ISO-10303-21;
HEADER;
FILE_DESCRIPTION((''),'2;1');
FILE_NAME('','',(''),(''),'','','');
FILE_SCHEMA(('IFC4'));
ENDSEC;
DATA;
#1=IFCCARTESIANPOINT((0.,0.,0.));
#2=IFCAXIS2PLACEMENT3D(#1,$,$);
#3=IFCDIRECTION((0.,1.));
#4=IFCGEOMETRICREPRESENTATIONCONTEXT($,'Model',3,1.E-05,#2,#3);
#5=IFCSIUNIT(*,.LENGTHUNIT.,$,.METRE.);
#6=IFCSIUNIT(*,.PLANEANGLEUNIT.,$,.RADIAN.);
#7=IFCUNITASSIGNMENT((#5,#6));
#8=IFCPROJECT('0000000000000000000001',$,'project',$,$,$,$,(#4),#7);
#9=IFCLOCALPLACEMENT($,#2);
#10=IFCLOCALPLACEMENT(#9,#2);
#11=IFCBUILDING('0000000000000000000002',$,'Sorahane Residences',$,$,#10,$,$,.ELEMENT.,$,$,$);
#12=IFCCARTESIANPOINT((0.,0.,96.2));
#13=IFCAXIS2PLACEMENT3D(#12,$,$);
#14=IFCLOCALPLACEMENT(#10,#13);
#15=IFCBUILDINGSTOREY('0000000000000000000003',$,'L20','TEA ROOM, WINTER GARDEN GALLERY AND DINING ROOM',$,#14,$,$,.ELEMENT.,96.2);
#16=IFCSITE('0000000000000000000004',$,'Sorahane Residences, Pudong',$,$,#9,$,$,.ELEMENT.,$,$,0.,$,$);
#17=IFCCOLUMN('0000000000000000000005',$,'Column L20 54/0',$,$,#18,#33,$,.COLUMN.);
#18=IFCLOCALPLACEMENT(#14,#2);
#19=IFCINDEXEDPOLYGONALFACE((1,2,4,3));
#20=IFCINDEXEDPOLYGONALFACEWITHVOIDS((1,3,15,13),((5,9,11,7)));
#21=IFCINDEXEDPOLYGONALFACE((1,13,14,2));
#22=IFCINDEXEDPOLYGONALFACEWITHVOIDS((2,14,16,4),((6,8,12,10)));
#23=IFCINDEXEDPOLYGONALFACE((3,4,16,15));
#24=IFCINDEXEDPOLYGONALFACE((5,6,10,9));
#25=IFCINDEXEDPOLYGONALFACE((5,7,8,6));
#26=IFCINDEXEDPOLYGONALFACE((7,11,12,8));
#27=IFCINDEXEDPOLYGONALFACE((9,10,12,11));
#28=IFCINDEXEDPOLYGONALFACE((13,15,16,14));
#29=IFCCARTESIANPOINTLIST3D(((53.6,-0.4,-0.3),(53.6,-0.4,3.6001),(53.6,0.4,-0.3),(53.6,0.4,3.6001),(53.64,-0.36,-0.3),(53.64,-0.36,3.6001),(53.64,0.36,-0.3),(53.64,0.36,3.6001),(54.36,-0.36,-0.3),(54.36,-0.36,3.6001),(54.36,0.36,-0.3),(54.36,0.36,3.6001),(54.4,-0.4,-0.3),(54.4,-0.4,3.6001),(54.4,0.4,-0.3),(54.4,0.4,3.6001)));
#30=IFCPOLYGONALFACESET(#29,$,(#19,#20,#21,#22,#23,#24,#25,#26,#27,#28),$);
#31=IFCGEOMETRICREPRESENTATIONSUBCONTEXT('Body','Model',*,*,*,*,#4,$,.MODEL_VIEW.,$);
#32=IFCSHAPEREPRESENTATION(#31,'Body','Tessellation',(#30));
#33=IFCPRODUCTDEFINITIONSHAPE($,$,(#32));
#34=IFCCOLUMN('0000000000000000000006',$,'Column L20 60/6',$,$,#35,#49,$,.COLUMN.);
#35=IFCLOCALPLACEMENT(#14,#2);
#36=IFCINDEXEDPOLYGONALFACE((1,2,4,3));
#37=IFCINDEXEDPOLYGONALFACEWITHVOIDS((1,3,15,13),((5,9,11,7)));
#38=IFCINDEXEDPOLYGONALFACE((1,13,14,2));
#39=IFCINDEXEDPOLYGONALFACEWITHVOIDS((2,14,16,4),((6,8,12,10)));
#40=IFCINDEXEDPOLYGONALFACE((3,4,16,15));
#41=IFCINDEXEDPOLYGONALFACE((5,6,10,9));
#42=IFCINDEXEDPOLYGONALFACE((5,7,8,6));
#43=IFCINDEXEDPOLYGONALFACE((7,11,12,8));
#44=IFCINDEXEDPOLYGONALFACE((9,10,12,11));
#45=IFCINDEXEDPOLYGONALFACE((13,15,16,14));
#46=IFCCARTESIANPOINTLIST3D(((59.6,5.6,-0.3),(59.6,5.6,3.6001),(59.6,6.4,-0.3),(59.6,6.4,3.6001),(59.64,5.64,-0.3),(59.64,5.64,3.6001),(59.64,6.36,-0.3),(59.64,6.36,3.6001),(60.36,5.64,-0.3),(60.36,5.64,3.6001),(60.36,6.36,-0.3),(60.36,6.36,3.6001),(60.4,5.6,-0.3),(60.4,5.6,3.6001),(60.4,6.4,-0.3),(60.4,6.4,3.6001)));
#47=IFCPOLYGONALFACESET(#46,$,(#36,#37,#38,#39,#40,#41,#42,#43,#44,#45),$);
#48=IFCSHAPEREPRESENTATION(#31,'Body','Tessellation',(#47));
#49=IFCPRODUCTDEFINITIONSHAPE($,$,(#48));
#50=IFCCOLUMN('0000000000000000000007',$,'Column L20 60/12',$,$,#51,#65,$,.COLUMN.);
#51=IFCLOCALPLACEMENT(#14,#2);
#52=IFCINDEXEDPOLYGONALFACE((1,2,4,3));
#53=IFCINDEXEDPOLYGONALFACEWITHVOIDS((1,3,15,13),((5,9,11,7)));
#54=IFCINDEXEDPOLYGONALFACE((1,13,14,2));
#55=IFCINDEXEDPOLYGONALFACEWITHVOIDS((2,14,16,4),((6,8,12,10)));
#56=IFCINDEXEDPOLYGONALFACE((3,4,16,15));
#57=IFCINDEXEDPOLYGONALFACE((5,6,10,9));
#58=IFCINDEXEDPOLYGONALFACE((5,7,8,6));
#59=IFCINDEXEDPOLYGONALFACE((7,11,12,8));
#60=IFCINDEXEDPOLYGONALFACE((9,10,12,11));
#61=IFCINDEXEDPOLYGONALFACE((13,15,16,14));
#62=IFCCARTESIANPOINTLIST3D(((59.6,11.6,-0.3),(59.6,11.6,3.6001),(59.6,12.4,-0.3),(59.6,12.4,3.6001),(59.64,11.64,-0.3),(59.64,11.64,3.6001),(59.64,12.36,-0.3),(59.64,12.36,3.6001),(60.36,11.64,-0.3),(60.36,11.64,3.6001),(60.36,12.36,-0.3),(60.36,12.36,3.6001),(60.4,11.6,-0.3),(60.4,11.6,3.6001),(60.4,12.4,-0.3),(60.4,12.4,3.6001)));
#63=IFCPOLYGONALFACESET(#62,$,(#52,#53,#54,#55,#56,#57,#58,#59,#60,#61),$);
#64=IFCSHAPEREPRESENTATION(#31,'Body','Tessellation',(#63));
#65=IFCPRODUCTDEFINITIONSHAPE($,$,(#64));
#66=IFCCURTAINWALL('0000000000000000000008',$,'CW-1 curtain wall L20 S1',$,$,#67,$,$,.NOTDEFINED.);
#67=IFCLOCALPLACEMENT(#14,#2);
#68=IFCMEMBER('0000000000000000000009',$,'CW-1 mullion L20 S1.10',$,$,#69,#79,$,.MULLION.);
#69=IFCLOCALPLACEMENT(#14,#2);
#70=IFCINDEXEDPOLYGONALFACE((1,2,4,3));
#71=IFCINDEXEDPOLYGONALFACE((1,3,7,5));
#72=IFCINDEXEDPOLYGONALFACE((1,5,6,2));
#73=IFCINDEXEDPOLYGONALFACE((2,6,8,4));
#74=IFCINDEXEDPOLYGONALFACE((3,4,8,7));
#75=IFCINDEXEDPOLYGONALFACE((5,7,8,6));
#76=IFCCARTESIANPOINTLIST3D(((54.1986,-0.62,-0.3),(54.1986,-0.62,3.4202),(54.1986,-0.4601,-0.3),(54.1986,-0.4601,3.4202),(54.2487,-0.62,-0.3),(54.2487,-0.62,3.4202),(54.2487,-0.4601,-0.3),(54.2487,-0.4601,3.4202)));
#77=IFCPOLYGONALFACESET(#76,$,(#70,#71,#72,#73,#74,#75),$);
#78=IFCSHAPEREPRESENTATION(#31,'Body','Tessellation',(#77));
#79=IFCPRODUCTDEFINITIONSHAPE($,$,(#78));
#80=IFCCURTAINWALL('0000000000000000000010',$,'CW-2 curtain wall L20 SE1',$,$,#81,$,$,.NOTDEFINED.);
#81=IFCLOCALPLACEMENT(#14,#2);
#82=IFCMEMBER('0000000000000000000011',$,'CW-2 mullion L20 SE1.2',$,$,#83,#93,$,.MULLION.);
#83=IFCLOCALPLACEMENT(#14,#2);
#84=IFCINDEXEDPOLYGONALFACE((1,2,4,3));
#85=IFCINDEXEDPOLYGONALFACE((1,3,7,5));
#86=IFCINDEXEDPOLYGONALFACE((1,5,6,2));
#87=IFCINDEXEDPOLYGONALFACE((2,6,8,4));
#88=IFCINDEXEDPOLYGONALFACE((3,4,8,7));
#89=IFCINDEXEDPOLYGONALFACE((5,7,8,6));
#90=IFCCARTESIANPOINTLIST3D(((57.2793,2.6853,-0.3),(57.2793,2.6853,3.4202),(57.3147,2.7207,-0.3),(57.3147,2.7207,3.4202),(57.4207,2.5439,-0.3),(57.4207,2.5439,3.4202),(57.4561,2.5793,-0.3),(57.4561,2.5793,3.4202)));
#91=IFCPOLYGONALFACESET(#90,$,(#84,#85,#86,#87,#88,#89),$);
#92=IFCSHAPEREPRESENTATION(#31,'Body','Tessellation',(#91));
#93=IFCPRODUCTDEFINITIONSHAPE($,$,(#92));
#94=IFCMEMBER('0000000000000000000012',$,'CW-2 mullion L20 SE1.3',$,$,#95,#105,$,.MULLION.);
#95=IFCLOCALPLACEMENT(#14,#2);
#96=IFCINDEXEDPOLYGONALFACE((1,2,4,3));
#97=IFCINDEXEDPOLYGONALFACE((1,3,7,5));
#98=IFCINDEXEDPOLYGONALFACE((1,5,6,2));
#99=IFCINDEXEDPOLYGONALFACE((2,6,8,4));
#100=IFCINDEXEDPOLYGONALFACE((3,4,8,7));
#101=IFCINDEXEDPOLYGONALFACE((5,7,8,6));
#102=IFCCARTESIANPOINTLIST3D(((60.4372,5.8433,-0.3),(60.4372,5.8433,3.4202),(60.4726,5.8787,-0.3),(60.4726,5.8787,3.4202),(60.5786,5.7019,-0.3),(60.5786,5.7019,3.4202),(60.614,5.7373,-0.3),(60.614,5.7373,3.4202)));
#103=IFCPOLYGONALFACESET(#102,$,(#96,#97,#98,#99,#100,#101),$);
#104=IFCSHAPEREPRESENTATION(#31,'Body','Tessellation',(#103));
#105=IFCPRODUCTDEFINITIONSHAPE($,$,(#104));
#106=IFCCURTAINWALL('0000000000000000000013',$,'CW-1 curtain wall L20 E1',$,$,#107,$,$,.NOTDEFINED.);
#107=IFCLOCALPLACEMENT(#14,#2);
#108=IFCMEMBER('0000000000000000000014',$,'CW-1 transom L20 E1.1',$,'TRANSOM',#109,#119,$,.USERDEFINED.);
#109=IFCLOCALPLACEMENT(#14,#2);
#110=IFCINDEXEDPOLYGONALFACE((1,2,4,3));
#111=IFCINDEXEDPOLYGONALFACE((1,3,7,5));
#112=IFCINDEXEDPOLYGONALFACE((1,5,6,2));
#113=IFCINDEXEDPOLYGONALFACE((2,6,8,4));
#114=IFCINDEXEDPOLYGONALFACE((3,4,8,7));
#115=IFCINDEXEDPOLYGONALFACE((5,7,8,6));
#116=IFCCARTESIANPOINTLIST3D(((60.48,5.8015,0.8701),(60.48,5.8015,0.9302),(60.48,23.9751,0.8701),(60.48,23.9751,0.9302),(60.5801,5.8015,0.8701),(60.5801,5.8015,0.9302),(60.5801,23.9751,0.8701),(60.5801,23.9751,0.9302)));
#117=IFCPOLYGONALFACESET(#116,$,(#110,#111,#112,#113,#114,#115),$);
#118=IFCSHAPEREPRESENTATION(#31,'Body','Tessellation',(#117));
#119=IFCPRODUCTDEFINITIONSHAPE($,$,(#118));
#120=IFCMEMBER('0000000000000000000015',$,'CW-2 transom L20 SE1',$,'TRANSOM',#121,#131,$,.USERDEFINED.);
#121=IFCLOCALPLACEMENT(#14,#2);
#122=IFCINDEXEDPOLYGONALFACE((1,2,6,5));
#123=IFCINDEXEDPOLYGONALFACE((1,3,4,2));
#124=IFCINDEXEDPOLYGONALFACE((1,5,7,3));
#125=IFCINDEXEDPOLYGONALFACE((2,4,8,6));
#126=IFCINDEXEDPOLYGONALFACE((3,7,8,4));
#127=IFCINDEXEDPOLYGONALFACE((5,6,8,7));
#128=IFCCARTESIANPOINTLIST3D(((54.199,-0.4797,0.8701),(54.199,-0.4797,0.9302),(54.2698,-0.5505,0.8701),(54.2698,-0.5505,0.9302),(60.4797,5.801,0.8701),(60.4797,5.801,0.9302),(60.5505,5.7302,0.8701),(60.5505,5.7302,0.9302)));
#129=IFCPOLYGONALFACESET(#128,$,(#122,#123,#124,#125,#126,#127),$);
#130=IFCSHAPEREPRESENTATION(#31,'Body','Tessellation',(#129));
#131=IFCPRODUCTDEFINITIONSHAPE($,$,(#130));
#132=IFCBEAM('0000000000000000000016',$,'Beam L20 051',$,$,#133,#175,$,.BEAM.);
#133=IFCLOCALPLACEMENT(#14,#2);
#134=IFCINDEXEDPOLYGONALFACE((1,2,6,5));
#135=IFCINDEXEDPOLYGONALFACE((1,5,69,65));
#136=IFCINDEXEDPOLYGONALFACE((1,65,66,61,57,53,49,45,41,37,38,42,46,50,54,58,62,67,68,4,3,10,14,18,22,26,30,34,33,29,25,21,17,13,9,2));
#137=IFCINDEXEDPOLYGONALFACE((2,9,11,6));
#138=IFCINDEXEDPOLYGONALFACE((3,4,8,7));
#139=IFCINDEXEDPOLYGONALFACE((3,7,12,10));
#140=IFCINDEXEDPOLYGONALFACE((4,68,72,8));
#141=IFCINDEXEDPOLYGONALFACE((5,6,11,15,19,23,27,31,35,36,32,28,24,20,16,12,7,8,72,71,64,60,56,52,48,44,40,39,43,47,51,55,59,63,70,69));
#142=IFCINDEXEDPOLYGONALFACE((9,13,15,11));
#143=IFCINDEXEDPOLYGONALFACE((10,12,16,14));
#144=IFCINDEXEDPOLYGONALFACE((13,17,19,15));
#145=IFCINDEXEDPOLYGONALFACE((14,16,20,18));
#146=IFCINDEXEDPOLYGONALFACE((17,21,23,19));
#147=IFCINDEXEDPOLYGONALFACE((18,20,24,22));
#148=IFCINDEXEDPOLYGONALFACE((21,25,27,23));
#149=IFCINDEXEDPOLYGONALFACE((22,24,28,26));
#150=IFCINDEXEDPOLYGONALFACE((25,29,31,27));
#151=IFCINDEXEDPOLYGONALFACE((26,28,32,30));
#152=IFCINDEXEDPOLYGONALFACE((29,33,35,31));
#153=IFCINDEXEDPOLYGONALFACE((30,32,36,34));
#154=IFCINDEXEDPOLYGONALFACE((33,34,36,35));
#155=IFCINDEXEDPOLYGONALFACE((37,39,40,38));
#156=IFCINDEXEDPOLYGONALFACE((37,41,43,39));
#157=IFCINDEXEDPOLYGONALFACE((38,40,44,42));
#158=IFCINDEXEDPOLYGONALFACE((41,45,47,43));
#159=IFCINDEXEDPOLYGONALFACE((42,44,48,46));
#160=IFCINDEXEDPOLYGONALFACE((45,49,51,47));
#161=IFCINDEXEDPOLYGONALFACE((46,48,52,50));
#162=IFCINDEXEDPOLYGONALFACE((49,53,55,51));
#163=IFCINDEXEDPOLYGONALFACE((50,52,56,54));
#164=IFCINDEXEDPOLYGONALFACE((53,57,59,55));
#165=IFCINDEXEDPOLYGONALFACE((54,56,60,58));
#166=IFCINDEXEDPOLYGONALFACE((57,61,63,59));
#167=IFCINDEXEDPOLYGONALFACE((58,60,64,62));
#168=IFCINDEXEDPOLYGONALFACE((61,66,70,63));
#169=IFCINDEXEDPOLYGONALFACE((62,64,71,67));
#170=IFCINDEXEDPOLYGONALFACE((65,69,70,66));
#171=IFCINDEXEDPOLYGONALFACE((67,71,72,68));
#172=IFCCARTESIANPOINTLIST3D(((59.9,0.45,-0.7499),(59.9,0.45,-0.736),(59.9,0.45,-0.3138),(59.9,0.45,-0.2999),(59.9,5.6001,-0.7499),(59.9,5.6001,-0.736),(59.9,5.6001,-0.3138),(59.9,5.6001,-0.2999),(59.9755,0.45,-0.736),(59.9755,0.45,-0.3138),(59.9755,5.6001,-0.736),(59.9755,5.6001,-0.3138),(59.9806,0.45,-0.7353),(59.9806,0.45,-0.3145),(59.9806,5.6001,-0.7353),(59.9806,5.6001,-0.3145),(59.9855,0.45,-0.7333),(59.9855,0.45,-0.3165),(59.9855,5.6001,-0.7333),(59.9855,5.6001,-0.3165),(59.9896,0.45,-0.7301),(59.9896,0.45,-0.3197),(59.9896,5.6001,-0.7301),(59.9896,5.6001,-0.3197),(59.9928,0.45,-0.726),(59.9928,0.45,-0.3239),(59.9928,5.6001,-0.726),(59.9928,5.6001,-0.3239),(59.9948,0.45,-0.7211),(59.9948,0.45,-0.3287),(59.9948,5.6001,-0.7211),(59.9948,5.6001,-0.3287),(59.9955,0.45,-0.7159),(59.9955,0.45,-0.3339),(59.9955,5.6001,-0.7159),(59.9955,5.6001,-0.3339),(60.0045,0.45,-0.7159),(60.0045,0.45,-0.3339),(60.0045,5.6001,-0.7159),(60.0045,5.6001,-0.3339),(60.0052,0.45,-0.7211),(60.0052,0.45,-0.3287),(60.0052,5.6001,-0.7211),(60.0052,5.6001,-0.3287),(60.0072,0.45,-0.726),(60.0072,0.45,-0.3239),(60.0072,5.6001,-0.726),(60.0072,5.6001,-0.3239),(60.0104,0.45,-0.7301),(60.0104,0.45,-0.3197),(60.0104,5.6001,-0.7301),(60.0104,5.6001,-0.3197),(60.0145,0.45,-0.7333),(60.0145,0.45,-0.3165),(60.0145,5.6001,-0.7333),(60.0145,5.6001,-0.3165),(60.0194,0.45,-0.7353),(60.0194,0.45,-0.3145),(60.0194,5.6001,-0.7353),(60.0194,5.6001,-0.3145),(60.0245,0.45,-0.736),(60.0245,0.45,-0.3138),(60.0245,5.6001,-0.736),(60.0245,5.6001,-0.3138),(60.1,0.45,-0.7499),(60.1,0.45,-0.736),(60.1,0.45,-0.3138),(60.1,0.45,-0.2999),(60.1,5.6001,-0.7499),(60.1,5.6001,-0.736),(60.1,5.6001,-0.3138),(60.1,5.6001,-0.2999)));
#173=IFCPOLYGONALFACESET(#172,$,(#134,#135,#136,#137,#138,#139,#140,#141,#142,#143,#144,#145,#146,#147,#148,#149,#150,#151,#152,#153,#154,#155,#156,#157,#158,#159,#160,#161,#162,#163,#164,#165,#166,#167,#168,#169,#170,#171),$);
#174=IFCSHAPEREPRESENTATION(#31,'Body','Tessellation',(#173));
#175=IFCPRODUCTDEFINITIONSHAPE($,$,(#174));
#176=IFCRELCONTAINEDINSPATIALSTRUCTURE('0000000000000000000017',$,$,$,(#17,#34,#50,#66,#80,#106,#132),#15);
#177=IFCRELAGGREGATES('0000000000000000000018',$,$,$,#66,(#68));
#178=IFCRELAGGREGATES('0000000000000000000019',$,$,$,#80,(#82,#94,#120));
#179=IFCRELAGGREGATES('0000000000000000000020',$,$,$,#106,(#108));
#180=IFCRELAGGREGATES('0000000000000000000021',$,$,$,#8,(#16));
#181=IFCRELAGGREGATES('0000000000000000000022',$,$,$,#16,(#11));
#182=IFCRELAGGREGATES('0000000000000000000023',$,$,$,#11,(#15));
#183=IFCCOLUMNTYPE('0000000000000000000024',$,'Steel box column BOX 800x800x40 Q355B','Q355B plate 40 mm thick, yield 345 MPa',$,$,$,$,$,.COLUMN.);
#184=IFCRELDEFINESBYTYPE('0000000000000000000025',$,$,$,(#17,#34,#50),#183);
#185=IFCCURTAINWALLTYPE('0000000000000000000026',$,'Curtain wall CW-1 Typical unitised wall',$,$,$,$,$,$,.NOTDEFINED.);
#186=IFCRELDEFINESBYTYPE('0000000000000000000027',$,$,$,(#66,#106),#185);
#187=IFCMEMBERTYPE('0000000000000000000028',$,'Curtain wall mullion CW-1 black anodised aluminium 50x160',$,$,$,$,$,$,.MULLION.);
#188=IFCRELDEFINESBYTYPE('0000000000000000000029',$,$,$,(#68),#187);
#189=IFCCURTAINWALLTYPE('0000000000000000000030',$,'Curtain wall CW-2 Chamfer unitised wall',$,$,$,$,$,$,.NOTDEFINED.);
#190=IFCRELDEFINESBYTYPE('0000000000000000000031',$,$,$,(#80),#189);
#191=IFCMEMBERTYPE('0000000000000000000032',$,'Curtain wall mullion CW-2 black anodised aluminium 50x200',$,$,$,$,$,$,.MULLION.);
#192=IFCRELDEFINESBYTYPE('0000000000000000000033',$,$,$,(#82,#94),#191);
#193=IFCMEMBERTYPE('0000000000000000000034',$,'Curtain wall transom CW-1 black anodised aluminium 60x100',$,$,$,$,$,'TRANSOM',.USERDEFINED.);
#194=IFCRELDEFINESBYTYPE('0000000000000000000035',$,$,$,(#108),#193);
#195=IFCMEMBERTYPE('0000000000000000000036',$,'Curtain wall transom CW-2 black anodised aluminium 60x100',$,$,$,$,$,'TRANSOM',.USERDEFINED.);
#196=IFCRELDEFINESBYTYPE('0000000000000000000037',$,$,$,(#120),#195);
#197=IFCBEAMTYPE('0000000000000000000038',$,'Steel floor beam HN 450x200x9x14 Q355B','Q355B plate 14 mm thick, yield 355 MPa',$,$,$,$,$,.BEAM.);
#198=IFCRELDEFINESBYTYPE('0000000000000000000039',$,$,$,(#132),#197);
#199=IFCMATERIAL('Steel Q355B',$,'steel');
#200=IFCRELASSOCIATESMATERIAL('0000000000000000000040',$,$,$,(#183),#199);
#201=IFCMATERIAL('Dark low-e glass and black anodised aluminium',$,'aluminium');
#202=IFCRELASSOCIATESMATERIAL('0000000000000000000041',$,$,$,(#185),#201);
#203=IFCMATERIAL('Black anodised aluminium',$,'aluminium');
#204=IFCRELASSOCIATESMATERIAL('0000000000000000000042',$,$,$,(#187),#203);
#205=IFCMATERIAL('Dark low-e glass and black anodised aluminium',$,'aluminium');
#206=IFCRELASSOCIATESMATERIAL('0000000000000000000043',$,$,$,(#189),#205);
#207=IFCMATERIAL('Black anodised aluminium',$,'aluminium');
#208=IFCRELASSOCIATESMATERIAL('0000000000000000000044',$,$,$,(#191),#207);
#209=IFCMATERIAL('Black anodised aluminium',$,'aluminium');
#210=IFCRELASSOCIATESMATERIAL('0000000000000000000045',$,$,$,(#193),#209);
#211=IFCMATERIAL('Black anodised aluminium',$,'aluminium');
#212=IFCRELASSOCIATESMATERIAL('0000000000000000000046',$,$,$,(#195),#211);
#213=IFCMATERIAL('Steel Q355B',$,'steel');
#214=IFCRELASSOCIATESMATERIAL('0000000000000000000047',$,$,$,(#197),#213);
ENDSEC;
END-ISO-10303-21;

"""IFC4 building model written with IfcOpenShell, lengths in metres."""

from ifc_helpers import new_model, si_unit, direction, frame, origin, origin_2d, place, context, subcontext, project, spatial, rectangle, hollow_rectangle, i_section, extrude, material, material_profile, profile_set, type_object, element, aggregate, save


model = new_model("IFC4")

# Units and contexts
model_context = context("Model", 3, precision=1e-05, world=origin(), true_north=direction((0.0, 1.0)))
body_context = subcontext(model_context, "Body", "Model", "MODEL_VIEW")
ifc_project = project(units=[si_unit("LENGTHUNIT", "METRE"), si_unit("PLANEANGLEUNIT", "RADIAN")], contexts=[model_context])

# Site, building, storey
site_placement = place(None, origin())
site = spatial("IfcSite", under=ifc_project, at=site_placement, Name="Sorahane Residences, Pudong", CompositionType="ELEMENT", RefElevation=0.0)
building_placement = place(site_placement, origin())
building = spatial("IfcBuilding", under=site, at=building_placement, Name="Sorahane Residences", CompositionType="ELEMENT")
storey_placement = place(building_placement, frame((0.0, 0.0, 96.2)))
storey = spatial("IfcBuildingStorey", under=building, at=storey_placement, Name="L20", Description="TEA ROOM, WINTER GARDEN GALLERY AND DINING ROOM", CompositionType="ELEMENT", Elevation=96.2)

# Columns
ifc_material_1 = material(Name="Steel Q355B", Category="steel")
ifc_material_profile_1 = material_profile(ifc_material_1, hollow_rectangle(XDim=0.8, YDim=0.8, WallThickness=0.04, at=origin_2d()), Name="BOX 800x800x40")
ifc_profile_set_1 = profile_set([ifc_material_profile_1], Name="Steel Q355B")
column_type = type_object("IfcColumnType", Name="Steel box column BOX 800x800x40 Q355B", Description="Q355B plate 40 mm thick, yield 345 MPa", PredefinedType="COLUMN", material=ifc_profile_set_1)
for number, where, z_axis, x_axis, name in (
    (1, (54.0, 0.0, -0.3), (0.0, 0.0, 1.0), (1.0, 0.0, 0.0), "Column L20 54/0"),
    (2, (60.0, 6.0, -0.3), (0.0, 0.0, 1.0), (1.0, 0.0, 0.0), "Column L20 60/6"),
    (3, (60.0, 12.0, -0.3), (0.0, 0.0, 1.0), (1.0, 0.0, 0.0), "Column L20 60/12"),
):
    element("IfcColumn", number, at=place(storey_placement, frame(where, z_axis=z_axis, x_axis=x_axis)), inside=storey, type_object=column_type, Name=name, PredefinedType="COLUMN", context=body_context, shape_type="SweptSolid", body=[
        extrude(hollow_rectangle(XDim=0.8, YDim=0.8, WallThickness=0.04, at=origin_2d()), origin(), (0.0, 0.0, 1.0), 3.9001),
    ])

# Curtain wall, member
ifc_material_2 = material(Name="Dark low-e glass and black anodised aluminium", Category="aluminium")
curtain_wall_type_1 = type_object("IfcCurtainWallType", Name="Curtain wall CW-1 Typical unitised wall", PredefinedType="NOTDEFINED", material=ifc_material_2)
curtain_wall_1_placement = place(storey_placement, origin())
curtain_wall_1 = element("IfcCurtainWall", 4, at=curtain_wall_1_placement, inside=storey, type_object=curtain_wall_type_1, Name="CW-1 curtain wall L20 S1", PredefinedType="NOTDEFINED")
ifc_material_3 = material(Name="Black anodised aluminium", Category="aluminium")
ifc_material_profile_2 = material_profile(ifc_material_3, rectangle(XDim=0.1599, YDim=0.05, at=origin_2d()), Name="Curtain wall mullion CW-1 black anodised aluminium 50x160")
ifc_profile_set_2 = profile_set([ifc_material_profile_2], Name="Black anodised aluminium")
member_type_1 = type_object("IfcMemberType", Name="Curtain wall mullion CW-1 black anodised aluminium 50x160", PredefinedType="MULLION", material=ifc_profile_set_2)
member_1_placement = place(storey_placement, frame((54.2236, -0.54, -0.3), z_axis=(0.0, 0.0, 1.0), x_axis=(0.0, -1.0, 0.0)))
member_1 = element("IfcMember", 5, at=member_1_placement, type_object=member_type_1, Name="CW-1 mullion L20 S1.10", PredefinedType="MULLION", context=body_context, shape_type="SweptSolid", body=[
    extrude(rectangle(XDim=0.1599, YDim=0.05, at=origin_2d()), origin(), (0.0, 0.0, 1.0), 3.7202),
])

# Curtain wall, members
ifc_material_4 = material(Name="Dark low-e glass and black anodised aluminium", Category="aluminium")
curtain_wall_type_2 = type_object("IfcCurtainWallType", Name="Curtain wall CW-2 Chamfer unitised wall", PredefinedType="NOTDEFINED", material=ifc_material_4)
curtain_wall_2_placement = place(storey_placement, origin())
curtain_wall_2 = element("IfcCurtainWall", 6, at=curtain_wall_2_placement, inside=storey, type_object=curtain_wall_type_2, Name="CW-2 curtain wall L20 SE1", PredefinedType="NOTDEFINED")
ifc_material_5 = material(Name="Black anodised aluminium", Category="aluminium")
ifc_material_profile_3 = material_profile(ifc_material_5, rectangle(XDim=0.2, YDim=0.05, at=origin_2d()), Name="Curtain wall mullion CW-2 black anodised aluminium 50x200")
ifc_profile_set_3 = profile_set([ifc_material_profile_3], Name="Black anodised aluminium")
member_type_2 = type_object("IfcMemberType", Name="Curtain wall mullion CW-2 black anodised aluminium 50x200", PredefinedType="MULLION", material=ifc_profile_set_3)
member_2_placement = place(storey_placement, frame((57.3677, 2.6323, -0.3), z_axis=(0.0, 0.0, 1.0), x_axis=(0.707107, -0.707107, 0.0)))
member_2 = element("IfcMember", 7, at=member_2_placement, type_object=member_type_2, Name="CW-2 mullion L20 SE1.2", PredefinedType="MULLION", context=body_context, shape_type="SweptSolid", body=[
    extrude(rectangle(XDim=0.2, YDim=0.05, at=origin_2d()), origin(), (0.0, 0.0, 1.0), 3.7202),
])
member_3_placement = place(storey_placement, frame((60.5256, 5.7903, -0.3), z_axis=(0.0, 0.0, 1.0), x_axis=(0.707107, -0.707107, 0.0)))
member_3 = element("IfcMember", 8, at=member_3_placement, type_object=member_type_2, Name="CW-2 mullion L20 SE1.3", PredefinedType="MULLION", context=body_context, shape_type="SweptSolid", body=[
    extrude(rectangle(XDim=0.2, YDim=0.05, at=origin_2d()), origin(), (0.0, 0.0, 1.0), 3.7202),
])

# Curtain wall, member
curtain_wall_3_placement = place(storey_placement, origin())
curtain_wall_3 = element("IfcCurtainWall", 9, at=curtain_wall_3_placement, inside=storey, type_object=curtain_wall_type_1, Name="CW-1 curtain wall L20 E1", PredefinedType="NOTDEFINED")
ifc_material_6 = material(Name="Black anodised aluminium", Category="aluminium")
ifc_material_profile_4 = material_profile(ifc_material_6, rectangle(XDim=0.1001, YDim=0.0601, at=origin_2d()), Name="Curtain wall transom CW-1 black anodised aluminium 60x100")
ifc_profile_set_4 = profile_set([ifc_material_profile_4], Name="Black anodised aluminium")
member_type_3 = type_object("IfcMemberType", Name="Curtain wall transom CW-1 black anodised aluminium 60x100", ElementType="TRANSOM", PredefinedType="USERDEFINED", material=ifc_profile_set_4)
member_4_placement = place(storey_placement, frame((60.53, 5.8015, 0.9001), z_axis=(0.0, 1.0, 0.0), x_axis=(-1.0, 0.0, 0.0)))
member_4 = element("IfcMember", 10, at=member_4_placement, type_object=member_type_3, Name="CW-1 transom L20 E1.1", ObjectType="TRANSOM", PredefinedType="USERDEFINED", context=body_context, shape_type="SweptSolid", body=[
    extrude(rectangle(XDim=0.1001, YDim=0.0601, at=origin_2d()), origin(), (0.0, 0.0, 1.0), 18.1736),
])

# Member
ifc_material_7 = material(Name="Black anodised aluminium", Category="aluminium")
ifc_material_profile_5 = material_profile(ifc_material_7, rectangle(XDim=0.1001, YDim=0.0601, at=origin_2d()), Name="Curtain wall transom CW-2 black anodised aluminium 60x100")
ifc_profile_set_5 = profile_set([ifc_material_profile_5], Name="Black anodised aluminium")
member_type_4 = type_object("IfcMemberType", Name="Curtain wall transom CW-2 black anodised aluminium 60x100", ElementType="TRANSOM", PredefinedType="USERDEFINED", material=ifc_profile_set_5)
member_5_placement = place(storey_placement, frame((54.2344, -0.5151, 0.9001), z_axis=(0.707107, 0.707107, 0.0), x_axis=(-0.707107, 0.707107, 0.0)))
member_5 = element("IfcMember", 11, at=member_5_placement, type_object=member_type_4, Name="CW-2 transom L20 SE1", ObjectType="TRANSOM", PredefinedType="USERDEFINED", context=body_context, shape_type="SweptSolid", body=[
    extrude(rectangle(XDim=0.1001, YDim=0.0601, at=origin_2d()), origin(), (0.0, 0.0, 1.0), 8.8823),
])

# Beam
ifc_material_8 = material(Name="Steel Q355B", Category="steel")
ifc_material_profile_6 = material_profile(ifc_material_8, i_section(OverallWidth=0.2, OverallDepth=0.45, WebThickness=0.009, FlangeThickness=0.0139, FilletRadius=0.02, at=origin_2d()), Name="HN 450x200x9x14")
ifc_profile_set_6 = profile_set([ifc_material_profile_6], Name="Steel Q355B")
beam_type = type_object("IfcBeamType", Name="Steel floor beam HN 450x200x9x14 Q355B", Description="Q355B plate 14 mm thick, yield 355 MPa", PredefinedType="BEAM", material=ifc_profile_set_6)
beam_1_placement = place(storey_placement, frame((60.0, 0.45, -0.5249), z_axis=(0.0, 1.0, 0.0), x_axis=(-1.0, 0.0, 0.0)))
element("IfcBeam", 12, at=beam_1_placement, inside=storey, type_object=beam_type, Name="Beam L20 051", PredefinedType="BEAM", context=body_context, shape_type="SweptSolid", body=[
    extrude(i_section(OverallWidth=0.2, OverallDepth=0.45, WebThickness=0.009, FlangeThickness=0.0139, FilletRadius=0.02, at=origin_2d()), origin(), (0.0, 0.0, 1.0), 5.1501),
])

aggregate(curtain_wall_1, [member_1])
aggregate(curtain_wall_2, [member_2, member_3, member_5])
aggregate(curtain_wall_3, [member_4])

save(model, "model.ifc")
